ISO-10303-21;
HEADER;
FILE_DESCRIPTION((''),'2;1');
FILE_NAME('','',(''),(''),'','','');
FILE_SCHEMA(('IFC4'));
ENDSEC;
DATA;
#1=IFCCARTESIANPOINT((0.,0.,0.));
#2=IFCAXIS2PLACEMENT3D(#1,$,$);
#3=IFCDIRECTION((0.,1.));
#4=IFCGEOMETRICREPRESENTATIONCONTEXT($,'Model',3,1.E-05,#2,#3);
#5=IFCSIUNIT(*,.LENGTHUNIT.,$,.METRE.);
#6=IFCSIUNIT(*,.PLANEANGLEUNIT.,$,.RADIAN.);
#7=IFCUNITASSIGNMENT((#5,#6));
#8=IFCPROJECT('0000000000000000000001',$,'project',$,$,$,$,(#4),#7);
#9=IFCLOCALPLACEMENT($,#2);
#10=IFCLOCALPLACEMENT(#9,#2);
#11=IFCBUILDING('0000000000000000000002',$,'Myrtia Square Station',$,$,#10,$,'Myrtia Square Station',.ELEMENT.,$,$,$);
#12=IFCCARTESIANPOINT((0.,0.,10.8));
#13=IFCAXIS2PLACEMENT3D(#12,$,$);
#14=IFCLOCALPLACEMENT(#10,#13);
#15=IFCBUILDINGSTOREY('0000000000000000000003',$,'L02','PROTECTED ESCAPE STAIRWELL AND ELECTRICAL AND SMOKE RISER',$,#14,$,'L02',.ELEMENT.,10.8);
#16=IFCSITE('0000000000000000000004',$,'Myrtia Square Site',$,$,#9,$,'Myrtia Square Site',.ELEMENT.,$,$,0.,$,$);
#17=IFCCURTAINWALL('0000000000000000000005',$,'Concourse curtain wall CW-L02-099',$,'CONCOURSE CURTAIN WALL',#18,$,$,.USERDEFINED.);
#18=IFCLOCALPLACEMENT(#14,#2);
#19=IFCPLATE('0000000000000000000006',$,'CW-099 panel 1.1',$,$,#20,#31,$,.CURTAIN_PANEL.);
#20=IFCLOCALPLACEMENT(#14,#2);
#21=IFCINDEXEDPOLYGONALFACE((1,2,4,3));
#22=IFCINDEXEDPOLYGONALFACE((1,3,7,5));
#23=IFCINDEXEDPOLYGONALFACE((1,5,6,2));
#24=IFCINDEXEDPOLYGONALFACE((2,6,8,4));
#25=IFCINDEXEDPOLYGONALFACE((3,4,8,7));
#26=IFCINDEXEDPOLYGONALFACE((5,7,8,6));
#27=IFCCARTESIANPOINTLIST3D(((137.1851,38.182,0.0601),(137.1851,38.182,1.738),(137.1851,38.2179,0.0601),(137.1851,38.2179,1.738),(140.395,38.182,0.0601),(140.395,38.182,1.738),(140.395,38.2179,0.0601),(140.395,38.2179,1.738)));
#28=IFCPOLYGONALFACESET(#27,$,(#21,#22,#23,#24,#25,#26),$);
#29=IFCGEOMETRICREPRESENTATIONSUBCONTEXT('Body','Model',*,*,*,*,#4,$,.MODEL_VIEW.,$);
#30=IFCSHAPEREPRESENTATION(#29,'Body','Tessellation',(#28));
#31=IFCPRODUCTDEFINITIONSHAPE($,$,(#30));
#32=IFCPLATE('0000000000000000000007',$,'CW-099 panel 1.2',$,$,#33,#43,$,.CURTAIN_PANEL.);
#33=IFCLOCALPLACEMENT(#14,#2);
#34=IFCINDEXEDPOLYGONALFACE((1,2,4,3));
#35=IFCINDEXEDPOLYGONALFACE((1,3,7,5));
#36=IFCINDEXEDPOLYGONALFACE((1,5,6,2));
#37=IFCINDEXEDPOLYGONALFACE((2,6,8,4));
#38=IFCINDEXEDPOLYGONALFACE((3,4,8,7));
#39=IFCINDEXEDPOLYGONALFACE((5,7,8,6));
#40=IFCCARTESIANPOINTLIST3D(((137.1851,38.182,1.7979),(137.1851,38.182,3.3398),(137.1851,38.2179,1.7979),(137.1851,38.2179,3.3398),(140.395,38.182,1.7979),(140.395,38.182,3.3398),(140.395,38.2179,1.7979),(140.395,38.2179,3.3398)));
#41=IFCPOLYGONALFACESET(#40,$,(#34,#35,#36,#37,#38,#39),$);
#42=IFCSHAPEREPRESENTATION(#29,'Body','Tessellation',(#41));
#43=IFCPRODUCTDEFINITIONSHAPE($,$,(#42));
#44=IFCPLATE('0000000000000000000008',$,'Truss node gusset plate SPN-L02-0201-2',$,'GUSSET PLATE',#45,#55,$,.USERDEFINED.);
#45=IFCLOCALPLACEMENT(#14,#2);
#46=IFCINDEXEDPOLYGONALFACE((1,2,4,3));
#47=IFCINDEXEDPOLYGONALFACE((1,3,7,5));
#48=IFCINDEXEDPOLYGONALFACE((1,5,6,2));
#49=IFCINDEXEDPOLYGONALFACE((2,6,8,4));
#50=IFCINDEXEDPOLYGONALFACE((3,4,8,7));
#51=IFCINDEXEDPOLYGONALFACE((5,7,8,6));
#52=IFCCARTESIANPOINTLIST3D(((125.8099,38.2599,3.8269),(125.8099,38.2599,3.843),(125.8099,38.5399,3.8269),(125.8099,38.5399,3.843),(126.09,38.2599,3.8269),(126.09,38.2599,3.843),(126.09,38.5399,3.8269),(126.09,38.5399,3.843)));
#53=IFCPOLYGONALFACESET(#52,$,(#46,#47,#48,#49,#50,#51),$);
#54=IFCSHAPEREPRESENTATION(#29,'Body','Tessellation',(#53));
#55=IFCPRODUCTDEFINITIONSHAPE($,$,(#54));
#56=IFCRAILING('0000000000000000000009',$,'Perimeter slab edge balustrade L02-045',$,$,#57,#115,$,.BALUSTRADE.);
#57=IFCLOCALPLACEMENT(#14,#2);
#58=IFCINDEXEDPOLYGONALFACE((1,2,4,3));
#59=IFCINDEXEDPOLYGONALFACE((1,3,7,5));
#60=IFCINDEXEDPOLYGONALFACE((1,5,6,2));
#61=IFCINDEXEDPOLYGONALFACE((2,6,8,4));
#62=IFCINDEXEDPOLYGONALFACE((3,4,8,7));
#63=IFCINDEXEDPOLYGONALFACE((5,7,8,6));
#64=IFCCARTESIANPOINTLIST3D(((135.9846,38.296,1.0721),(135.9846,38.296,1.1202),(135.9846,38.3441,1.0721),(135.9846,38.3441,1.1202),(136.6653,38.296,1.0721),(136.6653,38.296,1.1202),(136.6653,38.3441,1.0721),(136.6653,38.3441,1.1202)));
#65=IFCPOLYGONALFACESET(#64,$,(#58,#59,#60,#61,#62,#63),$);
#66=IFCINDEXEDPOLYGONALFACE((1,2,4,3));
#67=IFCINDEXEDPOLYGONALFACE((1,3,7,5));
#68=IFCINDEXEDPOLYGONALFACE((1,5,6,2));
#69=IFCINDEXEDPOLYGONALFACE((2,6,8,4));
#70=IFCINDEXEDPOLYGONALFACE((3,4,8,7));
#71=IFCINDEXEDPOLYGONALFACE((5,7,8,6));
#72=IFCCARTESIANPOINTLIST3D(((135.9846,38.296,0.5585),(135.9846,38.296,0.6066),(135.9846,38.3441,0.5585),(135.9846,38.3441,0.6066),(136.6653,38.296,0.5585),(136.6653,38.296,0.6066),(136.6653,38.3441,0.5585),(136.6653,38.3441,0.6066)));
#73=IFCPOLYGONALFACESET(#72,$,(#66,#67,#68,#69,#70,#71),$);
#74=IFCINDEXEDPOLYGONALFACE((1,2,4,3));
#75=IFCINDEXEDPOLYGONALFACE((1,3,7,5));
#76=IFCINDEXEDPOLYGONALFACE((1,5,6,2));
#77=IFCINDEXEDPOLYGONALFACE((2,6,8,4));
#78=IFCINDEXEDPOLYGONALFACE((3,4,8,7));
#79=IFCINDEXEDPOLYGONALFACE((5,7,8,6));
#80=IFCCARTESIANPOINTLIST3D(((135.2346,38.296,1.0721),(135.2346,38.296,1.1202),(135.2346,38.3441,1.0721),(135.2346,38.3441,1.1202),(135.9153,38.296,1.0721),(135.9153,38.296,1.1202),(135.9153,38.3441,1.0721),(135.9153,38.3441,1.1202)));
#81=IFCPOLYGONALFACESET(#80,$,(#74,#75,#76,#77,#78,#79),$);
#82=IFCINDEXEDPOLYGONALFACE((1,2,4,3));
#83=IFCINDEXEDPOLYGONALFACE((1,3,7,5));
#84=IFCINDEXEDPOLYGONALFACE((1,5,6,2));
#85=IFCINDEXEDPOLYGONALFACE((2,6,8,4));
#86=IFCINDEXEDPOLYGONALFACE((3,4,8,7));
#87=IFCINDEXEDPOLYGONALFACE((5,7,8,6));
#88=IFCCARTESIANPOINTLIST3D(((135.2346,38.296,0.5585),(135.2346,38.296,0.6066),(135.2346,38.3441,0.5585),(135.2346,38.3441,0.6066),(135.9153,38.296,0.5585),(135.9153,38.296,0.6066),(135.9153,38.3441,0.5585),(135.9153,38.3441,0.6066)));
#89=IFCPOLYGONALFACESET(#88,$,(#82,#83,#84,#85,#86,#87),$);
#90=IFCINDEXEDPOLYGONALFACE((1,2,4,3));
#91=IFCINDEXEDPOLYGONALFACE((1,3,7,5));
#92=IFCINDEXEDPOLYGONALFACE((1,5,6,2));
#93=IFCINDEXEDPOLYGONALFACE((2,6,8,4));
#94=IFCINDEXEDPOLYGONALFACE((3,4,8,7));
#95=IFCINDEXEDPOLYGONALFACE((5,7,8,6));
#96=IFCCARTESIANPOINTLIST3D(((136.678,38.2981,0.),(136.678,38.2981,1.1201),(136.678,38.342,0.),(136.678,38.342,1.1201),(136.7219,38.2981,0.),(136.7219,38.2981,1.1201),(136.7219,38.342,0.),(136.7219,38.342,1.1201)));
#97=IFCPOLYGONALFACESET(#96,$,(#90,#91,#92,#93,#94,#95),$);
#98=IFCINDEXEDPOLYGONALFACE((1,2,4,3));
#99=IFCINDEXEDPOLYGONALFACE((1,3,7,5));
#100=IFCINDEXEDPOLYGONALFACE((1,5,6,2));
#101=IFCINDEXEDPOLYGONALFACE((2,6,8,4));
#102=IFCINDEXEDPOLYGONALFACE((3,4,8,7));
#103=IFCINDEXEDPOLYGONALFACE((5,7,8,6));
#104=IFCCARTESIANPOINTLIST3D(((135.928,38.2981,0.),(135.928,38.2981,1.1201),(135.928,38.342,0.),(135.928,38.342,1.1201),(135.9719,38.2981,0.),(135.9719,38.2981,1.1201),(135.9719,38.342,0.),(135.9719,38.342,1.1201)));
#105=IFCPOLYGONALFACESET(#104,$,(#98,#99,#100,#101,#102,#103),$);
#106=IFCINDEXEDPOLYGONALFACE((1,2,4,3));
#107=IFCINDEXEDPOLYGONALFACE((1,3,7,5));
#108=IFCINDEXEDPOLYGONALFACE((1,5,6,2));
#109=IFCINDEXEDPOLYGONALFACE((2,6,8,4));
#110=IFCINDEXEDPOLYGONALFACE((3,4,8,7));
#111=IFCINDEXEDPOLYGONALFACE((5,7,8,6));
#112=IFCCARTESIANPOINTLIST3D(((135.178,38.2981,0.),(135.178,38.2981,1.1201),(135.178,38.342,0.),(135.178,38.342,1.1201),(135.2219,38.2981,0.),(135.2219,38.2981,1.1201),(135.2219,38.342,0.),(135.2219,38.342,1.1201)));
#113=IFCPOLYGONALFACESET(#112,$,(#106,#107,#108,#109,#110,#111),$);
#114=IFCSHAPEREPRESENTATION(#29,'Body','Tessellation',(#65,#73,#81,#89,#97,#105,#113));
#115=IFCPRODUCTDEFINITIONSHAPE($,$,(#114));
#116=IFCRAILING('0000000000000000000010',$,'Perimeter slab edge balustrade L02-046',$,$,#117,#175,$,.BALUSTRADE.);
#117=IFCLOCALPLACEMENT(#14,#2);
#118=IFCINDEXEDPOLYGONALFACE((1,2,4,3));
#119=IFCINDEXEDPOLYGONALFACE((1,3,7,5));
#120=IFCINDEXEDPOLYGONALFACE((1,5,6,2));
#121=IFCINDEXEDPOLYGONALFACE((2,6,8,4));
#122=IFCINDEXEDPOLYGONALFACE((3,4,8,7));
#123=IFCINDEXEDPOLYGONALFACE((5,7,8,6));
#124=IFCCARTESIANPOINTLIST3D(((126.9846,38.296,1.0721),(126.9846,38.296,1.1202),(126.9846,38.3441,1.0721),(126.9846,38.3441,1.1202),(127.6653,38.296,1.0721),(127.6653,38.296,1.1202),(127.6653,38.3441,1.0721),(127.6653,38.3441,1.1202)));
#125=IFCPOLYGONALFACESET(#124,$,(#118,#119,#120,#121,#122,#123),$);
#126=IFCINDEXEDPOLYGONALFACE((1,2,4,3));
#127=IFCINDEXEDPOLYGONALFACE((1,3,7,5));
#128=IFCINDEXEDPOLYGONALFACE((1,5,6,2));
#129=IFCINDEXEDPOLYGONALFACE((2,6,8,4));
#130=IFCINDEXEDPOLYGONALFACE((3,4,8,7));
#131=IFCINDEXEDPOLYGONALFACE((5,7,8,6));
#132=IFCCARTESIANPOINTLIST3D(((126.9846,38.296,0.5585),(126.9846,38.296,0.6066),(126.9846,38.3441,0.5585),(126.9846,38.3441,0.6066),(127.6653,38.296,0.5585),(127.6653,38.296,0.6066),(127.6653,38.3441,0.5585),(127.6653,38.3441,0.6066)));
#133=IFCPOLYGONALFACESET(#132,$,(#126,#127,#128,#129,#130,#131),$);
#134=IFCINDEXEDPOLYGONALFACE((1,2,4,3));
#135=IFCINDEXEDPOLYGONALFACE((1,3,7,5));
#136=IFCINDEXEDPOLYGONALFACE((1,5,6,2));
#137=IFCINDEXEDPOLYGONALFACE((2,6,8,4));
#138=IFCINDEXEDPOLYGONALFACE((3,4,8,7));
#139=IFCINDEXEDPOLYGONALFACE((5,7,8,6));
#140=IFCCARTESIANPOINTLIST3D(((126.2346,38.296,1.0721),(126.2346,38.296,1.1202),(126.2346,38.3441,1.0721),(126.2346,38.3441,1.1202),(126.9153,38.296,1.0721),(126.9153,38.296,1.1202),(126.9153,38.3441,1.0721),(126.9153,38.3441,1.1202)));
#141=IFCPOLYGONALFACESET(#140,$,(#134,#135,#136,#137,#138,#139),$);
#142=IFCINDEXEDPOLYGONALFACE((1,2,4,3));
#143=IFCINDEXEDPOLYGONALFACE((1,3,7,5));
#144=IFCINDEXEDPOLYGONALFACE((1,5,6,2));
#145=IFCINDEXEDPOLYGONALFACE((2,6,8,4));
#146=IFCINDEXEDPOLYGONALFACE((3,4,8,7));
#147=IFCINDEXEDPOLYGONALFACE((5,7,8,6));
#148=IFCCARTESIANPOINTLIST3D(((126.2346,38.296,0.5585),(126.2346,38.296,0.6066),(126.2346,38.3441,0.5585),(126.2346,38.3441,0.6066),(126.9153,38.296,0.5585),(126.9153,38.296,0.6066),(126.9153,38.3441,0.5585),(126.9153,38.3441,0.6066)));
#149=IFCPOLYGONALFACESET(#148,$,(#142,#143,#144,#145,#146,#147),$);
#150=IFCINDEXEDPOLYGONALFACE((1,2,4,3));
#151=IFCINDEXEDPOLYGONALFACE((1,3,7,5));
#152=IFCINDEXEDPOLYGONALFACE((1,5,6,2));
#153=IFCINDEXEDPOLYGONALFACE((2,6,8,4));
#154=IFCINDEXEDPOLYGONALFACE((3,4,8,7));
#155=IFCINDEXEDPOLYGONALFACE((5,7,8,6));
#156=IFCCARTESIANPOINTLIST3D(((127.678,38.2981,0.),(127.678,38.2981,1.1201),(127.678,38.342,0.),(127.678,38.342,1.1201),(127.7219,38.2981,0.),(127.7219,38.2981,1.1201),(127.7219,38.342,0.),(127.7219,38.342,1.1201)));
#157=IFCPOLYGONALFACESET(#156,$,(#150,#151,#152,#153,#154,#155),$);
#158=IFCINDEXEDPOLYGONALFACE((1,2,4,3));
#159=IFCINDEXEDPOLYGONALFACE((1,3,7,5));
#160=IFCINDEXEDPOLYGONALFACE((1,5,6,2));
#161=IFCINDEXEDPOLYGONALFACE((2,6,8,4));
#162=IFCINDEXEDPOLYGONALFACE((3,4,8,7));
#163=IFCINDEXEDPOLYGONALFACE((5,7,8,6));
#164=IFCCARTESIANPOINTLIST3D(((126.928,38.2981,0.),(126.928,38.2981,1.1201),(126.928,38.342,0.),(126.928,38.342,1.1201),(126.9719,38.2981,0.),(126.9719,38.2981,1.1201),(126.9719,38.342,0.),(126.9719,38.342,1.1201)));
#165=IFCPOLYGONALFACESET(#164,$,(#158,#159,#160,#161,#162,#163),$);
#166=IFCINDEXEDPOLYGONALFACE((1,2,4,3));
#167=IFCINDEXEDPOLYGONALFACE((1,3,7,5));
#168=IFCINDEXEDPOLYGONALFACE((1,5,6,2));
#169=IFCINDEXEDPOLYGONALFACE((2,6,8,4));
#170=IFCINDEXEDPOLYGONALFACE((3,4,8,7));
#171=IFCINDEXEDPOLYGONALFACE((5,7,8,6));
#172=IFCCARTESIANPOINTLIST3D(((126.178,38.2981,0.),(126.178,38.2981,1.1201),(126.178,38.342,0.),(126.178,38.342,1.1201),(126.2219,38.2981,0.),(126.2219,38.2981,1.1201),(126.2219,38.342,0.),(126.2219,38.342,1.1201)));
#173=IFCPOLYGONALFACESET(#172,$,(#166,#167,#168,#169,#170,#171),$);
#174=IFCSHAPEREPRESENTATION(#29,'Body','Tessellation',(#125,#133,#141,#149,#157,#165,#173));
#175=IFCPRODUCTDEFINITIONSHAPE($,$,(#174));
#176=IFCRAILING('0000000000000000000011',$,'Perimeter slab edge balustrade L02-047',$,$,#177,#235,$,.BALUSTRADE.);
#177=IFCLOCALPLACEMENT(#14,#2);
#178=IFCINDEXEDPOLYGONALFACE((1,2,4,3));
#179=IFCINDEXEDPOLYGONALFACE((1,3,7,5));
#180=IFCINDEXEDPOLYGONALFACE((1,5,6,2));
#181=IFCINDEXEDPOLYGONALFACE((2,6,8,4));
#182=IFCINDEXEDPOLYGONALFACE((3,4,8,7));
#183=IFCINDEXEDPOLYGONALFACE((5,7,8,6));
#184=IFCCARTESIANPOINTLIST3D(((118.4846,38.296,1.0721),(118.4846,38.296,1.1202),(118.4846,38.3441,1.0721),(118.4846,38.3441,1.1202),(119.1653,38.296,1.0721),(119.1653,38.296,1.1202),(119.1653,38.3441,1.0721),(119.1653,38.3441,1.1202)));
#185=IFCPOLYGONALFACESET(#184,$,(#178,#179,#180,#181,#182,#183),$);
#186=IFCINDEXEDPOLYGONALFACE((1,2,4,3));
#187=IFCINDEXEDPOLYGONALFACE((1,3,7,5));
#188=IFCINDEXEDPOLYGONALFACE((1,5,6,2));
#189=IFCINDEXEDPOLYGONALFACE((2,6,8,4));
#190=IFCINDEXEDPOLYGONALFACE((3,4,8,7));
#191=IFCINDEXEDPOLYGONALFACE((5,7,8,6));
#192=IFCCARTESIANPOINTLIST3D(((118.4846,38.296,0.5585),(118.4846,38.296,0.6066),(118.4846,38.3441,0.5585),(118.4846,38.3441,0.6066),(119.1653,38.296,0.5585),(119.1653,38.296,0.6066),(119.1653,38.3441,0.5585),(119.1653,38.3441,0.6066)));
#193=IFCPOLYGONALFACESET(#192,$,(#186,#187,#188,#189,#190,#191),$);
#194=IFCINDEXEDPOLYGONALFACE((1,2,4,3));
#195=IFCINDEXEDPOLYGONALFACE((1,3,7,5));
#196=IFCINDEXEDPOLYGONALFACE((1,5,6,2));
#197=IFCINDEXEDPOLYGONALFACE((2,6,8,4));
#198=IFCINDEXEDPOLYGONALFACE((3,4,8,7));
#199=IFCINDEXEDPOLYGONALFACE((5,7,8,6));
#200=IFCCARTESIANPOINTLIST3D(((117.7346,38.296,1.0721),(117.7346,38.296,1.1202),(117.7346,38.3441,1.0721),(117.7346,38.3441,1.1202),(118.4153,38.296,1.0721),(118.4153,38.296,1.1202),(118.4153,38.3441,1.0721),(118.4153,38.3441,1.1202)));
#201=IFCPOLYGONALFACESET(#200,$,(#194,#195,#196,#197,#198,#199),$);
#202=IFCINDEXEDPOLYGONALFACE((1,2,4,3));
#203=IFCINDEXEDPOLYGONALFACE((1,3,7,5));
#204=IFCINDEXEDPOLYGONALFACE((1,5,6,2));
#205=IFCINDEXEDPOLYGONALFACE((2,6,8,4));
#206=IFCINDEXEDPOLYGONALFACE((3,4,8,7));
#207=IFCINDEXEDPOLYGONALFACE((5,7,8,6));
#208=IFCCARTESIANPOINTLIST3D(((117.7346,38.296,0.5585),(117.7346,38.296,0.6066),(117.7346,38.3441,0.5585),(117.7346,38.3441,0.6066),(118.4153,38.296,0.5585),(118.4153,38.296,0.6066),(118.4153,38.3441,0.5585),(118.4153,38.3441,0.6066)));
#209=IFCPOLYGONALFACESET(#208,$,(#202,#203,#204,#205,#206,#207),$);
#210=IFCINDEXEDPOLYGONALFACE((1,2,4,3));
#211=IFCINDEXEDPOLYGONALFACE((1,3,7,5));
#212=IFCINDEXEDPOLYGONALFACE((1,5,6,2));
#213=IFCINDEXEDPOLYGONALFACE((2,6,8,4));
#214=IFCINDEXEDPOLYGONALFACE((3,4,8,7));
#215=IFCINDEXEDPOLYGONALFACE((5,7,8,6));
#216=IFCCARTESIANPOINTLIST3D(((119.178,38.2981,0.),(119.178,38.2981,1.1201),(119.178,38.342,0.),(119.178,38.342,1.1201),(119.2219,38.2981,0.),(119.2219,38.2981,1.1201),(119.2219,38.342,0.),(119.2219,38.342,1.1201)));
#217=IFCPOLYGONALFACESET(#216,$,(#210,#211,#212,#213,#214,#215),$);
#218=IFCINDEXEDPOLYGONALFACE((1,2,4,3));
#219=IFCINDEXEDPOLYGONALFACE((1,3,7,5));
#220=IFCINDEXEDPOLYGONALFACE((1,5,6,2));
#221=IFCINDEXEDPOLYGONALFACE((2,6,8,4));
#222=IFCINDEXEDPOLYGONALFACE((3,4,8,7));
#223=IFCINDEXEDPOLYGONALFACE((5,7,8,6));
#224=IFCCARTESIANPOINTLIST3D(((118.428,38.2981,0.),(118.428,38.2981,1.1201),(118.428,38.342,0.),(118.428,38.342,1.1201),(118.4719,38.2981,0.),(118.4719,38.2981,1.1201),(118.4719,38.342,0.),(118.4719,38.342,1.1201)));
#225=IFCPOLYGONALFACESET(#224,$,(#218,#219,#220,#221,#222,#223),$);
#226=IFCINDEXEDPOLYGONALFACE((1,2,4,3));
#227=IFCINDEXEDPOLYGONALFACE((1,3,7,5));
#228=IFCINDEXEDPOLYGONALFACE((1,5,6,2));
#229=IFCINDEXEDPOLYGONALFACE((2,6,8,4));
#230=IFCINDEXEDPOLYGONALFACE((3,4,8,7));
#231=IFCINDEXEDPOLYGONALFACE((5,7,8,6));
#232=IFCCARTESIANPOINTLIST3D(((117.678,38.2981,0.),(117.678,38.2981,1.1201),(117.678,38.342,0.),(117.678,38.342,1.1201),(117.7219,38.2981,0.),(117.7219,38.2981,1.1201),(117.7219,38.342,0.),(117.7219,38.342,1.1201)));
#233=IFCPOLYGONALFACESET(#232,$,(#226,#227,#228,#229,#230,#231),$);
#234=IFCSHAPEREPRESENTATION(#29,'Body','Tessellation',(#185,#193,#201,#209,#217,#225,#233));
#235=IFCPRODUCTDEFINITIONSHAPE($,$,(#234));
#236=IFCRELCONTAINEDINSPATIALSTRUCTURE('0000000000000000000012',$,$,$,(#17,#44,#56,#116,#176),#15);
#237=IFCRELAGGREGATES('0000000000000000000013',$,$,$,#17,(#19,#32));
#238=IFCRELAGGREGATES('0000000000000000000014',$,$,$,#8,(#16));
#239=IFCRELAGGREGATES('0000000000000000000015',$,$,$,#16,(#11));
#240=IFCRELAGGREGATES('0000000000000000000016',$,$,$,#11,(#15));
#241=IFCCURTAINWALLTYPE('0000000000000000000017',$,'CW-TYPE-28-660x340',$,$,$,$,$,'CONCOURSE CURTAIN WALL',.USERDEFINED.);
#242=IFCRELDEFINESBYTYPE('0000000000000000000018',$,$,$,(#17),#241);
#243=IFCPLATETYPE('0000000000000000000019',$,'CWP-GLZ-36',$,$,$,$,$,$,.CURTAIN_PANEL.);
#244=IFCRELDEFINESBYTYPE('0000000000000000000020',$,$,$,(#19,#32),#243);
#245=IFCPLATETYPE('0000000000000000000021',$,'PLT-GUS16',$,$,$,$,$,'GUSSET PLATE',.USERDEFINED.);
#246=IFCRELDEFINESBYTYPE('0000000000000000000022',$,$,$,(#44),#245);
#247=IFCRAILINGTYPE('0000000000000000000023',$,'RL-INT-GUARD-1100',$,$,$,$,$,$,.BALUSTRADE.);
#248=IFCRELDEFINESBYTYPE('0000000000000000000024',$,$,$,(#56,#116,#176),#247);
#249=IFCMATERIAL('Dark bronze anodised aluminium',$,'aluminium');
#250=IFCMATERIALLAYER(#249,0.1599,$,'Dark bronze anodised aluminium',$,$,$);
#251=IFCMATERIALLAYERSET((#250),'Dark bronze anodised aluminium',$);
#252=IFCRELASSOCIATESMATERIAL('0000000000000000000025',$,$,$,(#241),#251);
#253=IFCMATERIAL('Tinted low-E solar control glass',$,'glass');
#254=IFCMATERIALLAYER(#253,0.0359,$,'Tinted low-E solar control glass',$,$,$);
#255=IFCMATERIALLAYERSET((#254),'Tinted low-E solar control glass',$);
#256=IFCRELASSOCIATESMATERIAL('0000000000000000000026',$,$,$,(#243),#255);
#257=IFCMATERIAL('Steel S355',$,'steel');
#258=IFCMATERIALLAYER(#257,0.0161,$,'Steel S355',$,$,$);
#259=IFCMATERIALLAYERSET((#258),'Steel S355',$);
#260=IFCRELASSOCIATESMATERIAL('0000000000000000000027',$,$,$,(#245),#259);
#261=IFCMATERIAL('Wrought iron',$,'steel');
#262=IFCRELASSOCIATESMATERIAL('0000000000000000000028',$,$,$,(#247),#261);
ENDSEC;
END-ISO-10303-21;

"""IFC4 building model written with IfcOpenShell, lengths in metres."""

from ifc_helpers import new_model, si_unit, direction, frame, origin, origin_2d, place, context, subcontext, project, spatial, rectangle, extrude, material, layer, layer_set, type_object, element, aggregate, save


model = new_model("IFC4")

# Units and contexts
model_context = context("Model", 3, precision=1e-05, world=origin(), true_north=direction((0.0, 1.0)))
body_context = subcontext(model_context, "Body", "Model", "MODEL_VIEW")
ifc_project = project(units=[si_unit("LENGTHUNIT", "METRE"), si_unit("PLANEANGLEUNIT", "RADIAN")], contexts=[model_context])

# Site, building, storey
site_placement = place(None, origin())
site = spatial("IfcSite", under=ifc_project, at=site_placement, Name="Myrtia Square Site", LongName="Myrtia Square Site", CompositionType="ELEMENT", RefElevation=0.0)
building_placement = place(site_placement, origin())
building = spatial("IfcBuilding", under=site, at=building_placement, Name="Myrtia Square Station", LongName="Myrtia Square Station", CompositionType="ELEMENT")
storey_placement = place(building_placement, frame((0.0, 0.0, 10.8)))
storey = spatial("IfcBuildingStorey", under=building, at=storey_placement, Name="L02", Description="PROTECTED ESCAPE STAIRWELL AND ELECTRICAL AND SMOKE RISER", LongName="L02", CompositionType="ELEMENT", Elevation=10.8)

# Shared definitions
ifc_material_1 = material(Name="Steel S355", Category="steel")

# Shared definitions
ifc_material_2 = material(Name="Dark bronze anodised aluminium", Category="aluminium")
ifc_layer_1 = layer(ifc_material_2, 0.1599, Name="Dark bronze anodised aluminium")
ifc_layer_set_1 = layer_set([ifc_layer_1], Name="Dark bronze anodised aluminium")
curtain_wall_type = type_object("IfcCurtainWallType", Name="CW-TYPE-28-660x340", ElementType="CONCOURSE CURTAIN WALL", PredefinedType="USERDEFINED", material=ifc_layer_set_1)

# Curtain wall
curtain_wall_1_placement = place(storey_placement, origin())
curtain_wall_1 = element("IfcCurtainWall", 1, at=curtain_wall_1_placement, inside=storey, type_object=curtain_wall_type, Name="Concourse curtain wall CW-L02-099", ObjectType="CONCOURSE CURTAIN WALL", PredefinedType="USERDEFINED")

# Plates
ifc_material_3 = material(Name="Tinted low-E solar control glass", Category="glass")
ifc_layer_2 = layer(ifc_material_3, 0.0359, Name="Tinted low-E solar control glass")
ifc_layer_set_2 = layer_set([ifc_layer_2], Name="Tinted low-E solar control glass")
plate_type_1 = type_object("IfcPlateType", Name="CWP-GLZ-36", PredefinedType="CURTAIN_PANEL", material=ifc_layer_set_2)
plate_1_placement = place(storey_placement, frame((138.79, 38.2, 0.0601), z_axis=(0.0, 0.0, 1.0), x_axis=(1.0, 0.0, 0.0)))
plate_1 = element("IfcPlate", 2, at=plate_1_placement, type_object=plate_type_1, Name="CW-099 panel 1.1", PredefinedType="CURTAIN_PANEL", context=body_context, shape_type="SweptSolid", body=[
    extrude(rectangle(XDim=3.21, YDim=0.0359, at=origin_2d()), origin(), (0.0, 0.0, 1.0), 1.678),
])
plate_2_placement = place(storey_placement, frame((138.79, 38.2, 1.7979), z_axis=(0.0, 0.0, 1.0), x_axis=(1.0, 0.0, 0.0)))
plate_2 = element("IfcPlate", 3, at=plate_2_placement, type_object=plate_type_1, Name="CW-099 panel 1.2", PredefinedType="CURTAIN_PANEL", context=body_context, shape_type="SweptSolid", body=[
    extrude(rectangle(XDim=3.21, YDim=0.0359, at=origin_2d()), origin(), (0.0, 0.0, 1.0), 1.542),
])
aggregate(curtain_wall_1, [plate_1, plate_2])
ifc_layer_3 = layer(ifc_material_1, 0.0161, Name="Steel S355")
ifc_layer_set_3 = layer_set([ifc_layer_3], Name="Steel S355")
plate_type_2 = type_object("IfcPlateType", Name="PLT-GUS16", ElementType="GUSSET PLATE", PredefinedType="USERDEFINED", material=ifc_layer_set_3)
plate_3_placement = place(storey_placement, frame((125.95, 38.3999, 3.8269), z_axis=(0.0, 0.0, 1.0), x_axis=(1.0, 0.0, 0.0)))
element("IfcPlate", 4, at=plate_3_placement, inside=storey, type_object=plate_type_2, Name="Truss node gusset plate SPN-L02-0201-2", ObjectType="GUSSET PLATE", PredefinedType="USERDEFINED", context=body_context, shape_type="SweptSolid", body=[
    extrude(rectangle(XDim=0.28, YDim=0.28, at=origin_2d()), origin(), (0.0, 0.0, 1.0), 0.0161),
])

# Railings
ifc_material_4 = material(Name="Wrought iron", Category="steel")
railing_type = type_object("IfcRailingType", Name="RL-INT-GUARD-1100", PredefinedType="BALUSTRADE", material=ifc_material_4)
for number, where, name in (
    (5, (136.7, 38.3201, 0.0), "Perimeter slab edge balustrade L02-045"),
    (6, (127.7, 38.3201, 0.0), "Perimeter slab edge balustrade L02-046"),
    (7, (119.2, 38.3201, 0.0), "Perimeter slab edge balustrade L02-047"),
):
    element("IfcRailing", number, at=place(storey_placement, frame(where)), inside=storey, type_object=railing_type, Name=name, PredefinedType="BALUSTRADE", context=body_context, shape_type="SweptSolid", body=[
        extrude(rectangle(XDim=0.0481, YDim=0.0481, at=origin_2d()), frame((-0.0347, 0.0, 1.0962), z_axis=(-1.0, 0.0, 0.0), x_axis=(0.0, -1.0, 0.0)), (0.0, 0.0, 1.0), 0.6807),
        extrude(rectangle(XDim=0.0481, YDim=0.0481, at=origin_2d()), frame((-0.0347, 0.0, 0.5825), z_axis=(-1.0, 0.0, 0.0), x_axis=(0.0, -1.0, 0.0)), (0.0, 0.0, 1.0), 0.6807),
        extrude(rectangle(XDim=0.0481, YDim=0.0481, at=origin_2d()), frame((-0.7847, 0.0, 1.0962), z_axis=(-1.0, 0.0, 0.0), x_axis=(0.0, -1.0, 0.0)), (0.0, 0.0, 1.0), 0.6807),
        extrude(rectangle(XDim=0.0481, YDim=0.0481, at=origin_2d()), frame((-0.7847, 0.0, 0.5825), z_axis=(-1.0, 0.0, 0.0), x_axis=(0.0, -1.0, 0.0)), (0.0, 0.0, 1.0), 0.6807),
        extrude(rectangle(XDim=0.0439, YDim=0.0439, at=origin_2d()), origin(), (0.0, 0.0, 1.0), 1.1201),
        extrude(rectangle(XDim=0.0439, YDim=0.0439, at=origin_2d()), frame((-0.75, 0.0, 0.0)), (0.0, 0.0, 1.0), 1.1201),
        extrude(rectangle(XDim=0.0439, YDim=0.0439, at=origin_2d()), frame((-1.5, 0.0, 0.0)), (0.0, 0.0, 1.0), 1.1201),
    ])

save(model, "model.ifc")
